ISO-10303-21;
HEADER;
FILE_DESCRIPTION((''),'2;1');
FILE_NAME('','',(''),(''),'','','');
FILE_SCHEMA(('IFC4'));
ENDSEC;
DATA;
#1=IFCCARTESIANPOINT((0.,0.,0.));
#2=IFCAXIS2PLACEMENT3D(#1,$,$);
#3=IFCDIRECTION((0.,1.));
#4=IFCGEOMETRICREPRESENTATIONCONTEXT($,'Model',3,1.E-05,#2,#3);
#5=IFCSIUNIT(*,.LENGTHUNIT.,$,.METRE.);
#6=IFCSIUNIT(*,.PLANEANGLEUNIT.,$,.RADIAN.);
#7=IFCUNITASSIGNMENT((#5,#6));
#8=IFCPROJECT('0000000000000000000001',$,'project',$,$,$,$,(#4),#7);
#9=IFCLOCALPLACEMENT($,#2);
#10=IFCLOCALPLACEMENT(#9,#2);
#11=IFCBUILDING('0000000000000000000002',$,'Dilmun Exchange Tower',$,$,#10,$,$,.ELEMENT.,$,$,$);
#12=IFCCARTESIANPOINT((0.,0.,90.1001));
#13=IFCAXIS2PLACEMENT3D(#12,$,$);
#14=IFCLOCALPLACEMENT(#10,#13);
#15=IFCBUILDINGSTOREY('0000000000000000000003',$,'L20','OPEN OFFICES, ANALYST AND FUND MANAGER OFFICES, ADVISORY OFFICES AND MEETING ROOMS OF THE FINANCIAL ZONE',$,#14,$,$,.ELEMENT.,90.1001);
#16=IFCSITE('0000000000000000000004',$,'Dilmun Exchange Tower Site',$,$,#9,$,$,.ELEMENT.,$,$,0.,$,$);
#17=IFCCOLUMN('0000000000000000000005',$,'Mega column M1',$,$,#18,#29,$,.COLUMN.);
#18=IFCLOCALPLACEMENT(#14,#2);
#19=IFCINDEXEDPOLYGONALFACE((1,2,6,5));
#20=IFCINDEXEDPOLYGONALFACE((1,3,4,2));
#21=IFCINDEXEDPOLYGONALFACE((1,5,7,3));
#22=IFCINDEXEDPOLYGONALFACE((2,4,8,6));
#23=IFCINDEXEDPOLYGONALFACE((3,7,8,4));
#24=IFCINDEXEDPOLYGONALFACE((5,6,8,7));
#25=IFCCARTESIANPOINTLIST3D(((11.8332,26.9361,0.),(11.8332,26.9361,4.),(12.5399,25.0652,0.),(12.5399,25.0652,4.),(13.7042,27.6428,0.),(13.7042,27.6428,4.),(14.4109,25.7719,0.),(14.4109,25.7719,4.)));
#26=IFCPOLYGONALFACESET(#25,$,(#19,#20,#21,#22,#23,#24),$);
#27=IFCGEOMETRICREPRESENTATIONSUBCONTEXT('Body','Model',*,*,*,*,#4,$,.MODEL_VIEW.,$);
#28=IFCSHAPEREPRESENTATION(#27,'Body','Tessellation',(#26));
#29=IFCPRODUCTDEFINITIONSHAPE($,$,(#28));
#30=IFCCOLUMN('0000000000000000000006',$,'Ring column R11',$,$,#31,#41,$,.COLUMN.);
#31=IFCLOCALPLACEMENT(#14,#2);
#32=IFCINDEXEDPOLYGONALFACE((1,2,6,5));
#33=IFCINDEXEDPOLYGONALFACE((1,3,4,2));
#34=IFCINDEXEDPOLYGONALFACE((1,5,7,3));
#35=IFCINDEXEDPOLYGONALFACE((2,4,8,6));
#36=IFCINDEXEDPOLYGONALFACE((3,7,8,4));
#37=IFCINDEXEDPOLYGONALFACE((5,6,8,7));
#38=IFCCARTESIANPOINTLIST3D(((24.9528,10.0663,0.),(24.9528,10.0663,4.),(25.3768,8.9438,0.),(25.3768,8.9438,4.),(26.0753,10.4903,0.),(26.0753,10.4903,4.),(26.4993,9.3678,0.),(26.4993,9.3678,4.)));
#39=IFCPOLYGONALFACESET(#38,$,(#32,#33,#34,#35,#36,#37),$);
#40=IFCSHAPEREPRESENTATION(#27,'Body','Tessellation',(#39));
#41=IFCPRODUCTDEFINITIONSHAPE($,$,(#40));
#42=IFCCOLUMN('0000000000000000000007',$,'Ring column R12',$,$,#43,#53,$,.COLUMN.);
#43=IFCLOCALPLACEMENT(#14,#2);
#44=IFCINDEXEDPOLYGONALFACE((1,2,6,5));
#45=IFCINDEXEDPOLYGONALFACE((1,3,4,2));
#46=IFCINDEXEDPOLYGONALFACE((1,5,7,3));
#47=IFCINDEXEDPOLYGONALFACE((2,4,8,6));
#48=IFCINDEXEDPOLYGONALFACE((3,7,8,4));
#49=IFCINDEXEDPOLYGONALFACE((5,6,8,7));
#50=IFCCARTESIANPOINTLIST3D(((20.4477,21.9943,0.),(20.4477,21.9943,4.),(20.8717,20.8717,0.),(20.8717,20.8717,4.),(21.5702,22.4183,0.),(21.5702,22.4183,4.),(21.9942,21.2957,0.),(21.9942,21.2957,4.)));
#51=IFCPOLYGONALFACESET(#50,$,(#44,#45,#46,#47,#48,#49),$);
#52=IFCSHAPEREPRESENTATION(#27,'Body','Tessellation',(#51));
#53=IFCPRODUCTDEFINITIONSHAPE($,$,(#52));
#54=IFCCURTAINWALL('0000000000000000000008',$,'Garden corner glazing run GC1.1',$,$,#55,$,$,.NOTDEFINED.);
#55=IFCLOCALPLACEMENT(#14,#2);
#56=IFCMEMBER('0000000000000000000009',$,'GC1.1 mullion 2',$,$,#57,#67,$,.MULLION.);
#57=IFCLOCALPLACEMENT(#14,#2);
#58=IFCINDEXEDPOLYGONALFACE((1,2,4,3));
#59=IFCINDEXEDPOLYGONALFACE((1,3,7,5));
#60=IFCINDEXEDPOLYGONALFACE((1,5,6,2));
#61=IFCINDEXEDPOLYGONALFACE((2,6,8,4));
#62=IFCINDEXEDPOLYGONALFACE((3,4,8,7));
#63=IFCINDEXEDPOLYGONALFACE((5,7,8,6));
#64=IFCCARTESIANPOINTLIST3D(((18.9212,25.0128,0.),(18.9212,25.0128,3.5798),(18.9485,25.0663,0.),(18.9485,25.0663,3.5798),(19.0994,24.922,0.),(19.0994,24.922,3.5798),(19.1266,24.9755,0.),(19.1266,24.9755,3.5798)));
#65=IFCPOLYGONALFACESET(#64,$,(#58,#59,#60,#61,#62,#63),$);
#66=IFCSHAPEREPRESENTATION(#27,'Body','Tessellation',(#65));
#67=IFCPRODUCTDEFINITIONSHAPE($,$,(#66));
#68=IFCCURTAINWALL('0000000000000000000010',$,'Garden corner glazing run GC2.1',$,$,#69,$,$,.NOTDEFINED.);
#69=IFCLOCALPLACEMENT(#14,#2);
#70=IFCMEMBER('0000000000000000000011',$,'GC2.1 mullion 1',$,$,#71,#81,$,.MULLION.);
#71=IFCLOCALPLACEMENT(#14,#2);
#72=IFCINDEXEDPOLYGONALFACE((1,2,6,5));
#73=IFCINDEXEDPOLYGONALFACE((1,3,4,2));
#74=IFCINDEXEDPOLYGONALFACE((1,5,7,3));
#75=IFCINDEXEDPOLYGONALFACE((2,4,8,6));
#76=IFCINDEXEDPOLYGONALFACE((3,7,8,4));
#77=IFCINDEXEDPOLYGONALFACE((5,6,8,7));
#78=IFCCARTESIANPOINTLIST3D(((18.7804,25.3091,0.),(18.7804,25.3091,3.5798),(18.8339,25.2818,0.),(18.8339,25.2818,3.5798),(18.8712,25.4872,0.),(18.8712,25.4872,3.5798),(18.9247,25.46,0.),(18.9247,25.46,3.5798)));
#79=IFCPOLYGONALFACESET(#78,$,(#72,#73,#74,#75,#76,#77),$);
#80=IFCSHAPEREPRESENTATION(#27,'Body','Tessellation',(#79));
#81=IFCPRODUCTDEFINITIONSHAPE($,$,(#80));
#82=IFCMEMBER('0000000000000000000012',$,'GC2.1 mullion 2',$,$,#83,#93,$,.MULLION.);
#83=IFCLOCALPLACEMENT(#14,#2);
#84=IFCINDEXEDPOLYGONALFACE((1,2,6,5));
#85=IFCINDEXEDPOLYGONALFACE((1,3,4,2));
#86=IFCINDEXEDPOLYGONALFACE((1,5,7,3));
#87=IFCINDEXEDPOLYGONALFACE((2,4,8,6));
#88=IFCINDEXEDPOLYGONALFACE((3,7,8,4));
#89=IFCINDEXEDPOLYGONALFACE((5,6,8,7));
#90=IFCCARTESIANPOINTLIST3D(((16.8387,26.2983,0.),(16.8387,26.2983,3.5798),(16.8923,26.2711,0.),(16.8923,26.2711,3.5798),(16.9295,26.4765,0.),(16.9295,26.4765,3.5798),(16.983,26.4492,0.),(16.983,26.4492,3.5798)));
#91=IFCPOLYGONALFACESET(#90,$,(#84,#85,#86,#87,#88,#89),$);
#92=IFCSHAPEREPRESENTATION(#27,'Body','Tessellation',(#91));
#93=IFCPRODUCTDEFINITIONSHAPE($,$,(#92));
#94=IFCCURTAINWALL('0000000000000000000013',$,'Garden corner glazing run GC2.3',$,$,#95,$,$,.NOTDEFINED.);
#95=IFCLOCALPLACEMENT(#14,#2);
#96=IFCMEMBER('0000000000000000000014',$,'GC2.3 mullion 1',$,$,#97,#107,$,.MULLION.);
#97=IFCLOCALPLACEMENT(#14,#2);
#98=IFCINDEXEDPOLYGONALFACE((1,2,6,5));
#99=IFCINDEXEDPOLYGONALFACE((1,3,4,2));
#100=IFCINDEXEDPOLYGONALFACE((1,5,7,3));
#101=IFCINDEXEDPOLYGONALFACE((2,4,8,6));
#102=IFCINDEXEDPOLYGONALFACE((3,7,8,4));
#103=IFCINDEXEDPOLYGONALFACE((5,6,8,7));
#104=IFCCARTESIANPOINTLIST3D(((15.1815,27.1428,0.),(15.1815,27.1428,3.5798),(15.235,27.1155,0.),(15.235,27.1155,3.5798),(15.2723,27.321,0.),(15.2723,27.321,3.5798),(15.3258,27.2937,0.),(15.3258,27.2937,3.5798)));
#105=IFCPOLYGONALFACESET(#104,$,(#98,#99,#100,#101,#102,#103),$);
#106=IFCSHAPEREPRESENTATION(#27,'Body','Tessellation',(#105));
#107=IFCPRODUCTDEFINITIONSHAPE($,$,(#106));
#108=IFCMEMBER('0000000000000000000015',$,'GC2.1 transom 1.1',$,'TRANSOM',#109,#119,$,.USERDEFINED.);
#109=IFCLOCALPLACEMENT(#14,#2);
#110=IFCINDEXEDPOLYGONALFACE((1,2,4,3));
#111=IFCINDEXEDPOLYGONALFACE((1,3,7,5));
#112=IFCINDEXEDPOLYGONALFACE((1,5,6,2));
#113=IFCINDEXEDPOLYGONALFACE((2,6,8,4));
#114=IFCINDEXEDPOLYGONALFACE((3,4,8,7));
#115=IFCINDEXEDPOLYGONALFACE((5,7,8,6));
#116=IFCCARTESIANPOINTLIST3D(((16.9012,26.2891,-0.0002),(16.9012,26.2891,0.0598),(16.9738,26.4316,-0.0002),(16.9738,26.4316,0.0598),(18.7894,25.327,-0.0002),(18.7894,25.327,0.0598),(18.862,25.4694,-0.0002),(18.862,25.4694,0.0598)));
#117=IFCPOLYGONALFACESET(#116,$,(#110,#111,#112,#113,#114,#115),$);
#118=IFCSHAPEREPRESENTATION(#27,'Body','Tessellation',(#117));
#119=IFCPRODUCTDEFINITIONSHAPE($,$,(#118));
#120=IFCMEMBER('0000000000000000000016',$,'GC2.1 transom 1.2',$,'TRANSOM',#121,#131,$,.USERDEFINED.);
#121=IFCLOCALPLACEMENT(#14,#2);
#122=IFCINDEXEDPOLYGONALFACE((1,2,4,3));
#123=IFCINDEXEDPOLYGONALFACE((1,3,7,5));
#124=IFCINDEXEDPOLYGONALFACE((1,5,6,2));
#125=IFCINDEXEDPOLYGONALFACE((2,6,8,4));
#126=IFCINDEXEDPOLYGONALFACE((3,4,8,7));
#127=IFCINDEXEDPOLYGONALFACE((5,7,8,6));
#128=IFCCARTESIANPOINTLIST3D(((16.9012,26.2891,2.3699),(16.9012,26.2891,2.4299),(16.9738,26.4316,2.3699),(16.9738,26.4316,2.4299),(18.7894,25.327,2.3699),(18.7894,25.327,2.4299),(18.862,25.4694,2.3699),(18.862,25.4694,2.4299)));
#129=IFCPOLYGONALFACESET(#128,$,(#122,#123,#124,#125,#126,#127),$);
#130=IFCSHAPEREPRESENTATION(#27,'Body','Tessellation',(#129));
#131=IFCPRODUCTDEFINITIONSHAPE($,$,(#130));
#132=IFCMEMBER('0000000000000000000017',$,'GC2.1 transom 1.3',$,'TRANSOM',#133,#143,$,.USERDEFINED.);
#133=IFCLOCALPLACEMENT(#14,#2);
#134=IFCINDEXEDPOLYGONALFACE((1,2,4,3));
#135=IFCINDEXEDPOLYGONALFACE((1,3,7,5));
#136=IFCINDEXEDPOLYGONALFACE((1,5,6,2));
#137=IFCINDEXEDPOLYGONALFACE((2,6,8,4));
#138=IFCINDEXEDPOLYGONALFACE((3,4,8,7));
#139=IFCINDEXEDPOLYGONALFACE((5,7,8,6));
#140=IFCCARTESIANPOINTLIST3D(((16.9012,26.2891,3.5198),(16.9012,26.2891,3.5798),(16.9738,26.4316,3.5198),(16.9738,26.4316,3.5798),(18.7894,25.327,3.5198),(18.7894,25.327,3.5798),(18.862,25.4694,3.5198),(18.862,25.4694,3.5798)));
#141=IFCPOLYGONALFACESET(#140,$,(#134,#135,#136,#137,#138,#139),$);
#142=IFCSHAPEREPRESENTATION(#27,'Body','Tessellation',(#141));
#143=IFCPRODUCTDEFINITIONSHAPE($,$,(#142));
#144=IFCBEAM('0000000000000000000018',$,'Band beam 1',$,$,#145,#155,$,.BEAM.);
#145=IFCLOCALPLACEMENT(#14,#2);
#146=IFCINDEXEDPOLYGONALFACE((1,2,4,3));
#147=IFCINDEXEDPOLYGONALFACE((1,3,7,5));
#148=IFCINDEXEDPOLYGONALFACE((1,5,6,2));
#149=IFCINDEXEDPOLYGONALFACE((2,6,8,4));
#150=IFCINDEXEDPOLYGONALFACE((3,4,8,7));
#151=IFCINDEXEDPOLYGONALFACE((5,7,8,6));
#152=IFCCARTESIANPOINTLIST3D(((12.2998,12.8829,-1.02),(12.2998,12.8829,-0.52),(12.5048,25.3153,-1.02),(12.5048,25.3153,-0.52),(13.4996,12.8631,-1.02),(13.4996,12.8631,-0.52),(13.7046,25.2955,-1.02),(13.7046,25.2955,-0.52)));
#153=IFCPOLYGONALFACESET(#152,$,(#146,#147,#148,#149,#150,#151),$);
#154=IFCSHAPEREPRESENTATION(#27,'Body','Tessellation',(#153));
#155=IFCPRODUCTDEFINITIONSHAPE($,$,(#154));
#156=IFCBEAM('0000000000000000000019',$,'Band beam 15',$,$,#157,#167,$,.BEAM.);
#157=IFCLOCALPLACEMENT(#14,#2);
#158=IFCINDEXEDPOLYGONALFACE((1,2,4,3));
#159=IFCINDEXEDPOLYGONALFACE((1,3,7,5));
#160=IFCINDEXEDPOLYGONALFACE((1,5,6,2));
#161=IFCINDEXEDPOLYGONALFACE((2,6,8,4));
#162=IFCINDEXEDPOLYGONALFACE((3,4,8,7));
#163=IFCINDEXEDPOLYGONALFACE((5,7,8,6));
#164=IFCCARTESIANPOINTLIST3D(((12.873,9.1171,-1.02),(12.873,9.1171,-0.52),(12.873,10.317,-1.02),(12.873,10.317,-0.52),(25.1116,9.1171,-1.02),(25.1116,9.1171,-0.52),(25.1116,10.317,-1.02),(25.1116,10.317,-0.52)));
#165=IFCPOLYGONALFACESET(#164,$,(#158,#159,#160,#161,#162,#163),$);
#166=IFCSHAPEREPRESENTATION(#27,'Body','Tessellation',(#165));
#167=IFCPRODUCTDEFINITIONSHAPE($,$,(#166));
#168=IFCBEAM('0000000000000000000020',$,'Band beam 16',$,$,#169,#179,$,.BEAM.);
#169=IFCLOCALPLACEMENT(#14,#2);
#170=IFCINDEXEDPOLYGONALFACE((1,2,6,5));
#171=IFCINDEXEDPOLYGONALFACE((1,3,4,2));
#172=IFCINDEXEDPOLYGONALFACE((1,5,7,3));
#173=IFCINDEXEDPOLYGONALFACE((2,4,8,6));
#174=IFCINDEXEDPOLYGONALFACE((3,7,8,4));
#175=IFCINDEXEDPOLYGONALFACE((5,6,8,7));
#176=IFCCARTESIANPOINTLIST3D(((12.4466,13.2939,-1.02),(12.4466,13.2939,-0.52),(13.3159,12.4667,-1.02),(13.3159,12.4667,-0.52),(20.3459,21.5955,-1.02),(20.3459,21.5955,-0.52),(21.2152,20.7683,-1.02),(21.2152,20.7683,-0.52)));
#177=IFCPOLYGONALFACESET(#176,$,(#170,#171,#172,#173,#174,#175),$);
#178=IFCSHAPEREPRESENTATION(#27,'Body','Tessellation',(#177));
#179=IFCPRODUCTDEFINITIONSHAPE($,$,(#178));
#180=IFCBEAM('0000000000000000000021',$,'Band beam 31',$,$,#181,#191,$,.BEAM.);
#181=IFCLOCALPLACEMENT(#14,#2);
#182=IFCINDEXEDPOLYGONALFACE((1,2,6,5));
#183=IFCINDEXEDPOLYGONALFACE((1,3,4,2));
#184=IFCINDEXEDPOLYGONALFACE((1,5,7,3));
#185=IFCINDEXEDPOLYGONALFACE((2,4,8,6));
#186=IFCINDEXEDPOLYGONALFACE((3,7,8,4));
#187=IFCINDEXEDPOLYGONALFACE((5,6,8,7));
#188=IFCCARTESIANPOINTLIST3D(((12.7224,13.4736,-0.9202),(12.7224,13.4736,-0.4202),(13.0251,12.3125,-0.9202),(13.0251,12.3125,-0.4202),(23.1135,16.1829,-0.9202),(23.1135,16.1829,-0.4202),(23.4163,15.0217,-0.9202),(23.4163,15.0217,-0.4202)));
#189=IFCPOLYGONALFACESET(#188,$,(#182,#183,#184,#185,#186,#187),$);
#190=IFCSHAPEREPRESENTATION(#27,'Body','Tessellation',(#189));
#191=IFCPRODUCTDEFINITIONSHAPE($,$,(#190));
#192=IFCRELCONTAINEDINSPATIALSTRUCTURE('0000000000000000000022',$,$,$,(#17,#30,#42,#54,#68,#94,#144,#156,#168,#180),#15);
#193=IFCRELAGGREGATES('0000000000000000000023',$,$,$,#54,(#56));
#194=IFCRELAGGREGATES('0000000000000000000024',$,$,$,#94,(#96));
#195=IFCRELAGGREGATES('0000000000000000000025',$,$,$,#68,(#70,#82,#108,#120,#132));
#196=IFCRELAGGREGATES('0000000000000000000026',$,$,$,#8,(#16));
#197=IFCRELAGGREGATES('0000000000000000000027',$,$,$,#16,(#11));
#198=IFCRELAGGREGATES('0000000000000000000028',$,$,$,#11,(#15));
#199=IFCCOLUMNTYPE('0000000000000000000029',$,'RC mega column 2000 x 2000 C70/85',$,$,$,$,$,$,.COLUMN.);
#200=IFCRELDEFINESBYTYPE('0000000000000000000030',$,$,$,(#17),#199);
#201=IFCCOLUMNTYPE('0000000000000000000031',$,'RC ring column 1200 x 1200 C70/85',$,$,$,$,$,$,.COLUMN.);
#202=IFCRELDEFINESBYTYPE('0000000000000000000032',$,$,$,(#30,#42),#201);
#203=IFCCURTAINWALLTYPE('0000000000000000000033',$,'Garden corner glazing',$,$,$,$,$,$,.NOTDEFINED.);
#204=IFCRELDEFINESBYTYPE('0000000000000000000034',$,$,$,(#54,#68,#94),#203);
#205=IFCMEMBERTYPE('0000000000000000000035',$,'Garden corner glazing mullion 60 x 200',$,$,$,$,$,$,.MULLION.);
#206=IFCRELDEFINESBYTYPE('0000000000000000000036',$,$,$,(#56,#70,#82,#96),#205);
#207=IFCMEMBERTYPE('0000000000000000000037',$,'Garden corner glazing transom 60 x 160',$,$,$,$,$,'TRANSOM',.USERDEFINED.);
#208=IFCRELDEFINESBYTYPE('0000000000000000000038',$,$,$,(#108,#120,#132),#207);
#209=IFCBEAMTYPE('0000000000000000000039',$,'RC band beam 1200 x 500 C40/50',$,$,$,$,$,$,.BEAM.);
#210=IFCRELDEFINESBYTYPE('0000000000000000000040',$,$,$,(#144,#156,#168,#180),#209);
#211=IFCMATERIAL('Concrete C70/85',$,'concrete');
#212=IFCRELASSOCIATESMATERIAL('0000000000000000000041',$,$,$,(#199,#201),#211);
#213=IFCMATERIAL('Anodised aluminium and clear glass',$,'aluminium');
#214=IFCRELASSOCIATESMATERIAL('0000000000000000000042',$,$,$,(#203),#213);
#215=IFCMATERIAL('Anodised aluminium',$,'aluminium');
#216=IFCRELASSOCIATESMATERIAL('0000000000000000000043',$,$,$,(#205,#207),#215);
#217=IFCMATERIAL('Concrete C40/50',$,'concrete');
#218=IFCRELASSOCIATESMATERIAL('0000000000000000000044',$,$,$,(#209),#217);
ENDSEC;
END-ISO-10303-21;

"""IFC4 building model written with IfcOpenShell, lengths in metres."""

from ifc_helpers import new_model, si_unit, direction, frame, origin, origin_2d, place, context, subcontext, project, spatial, rectangle, extrude, material, material_profile, profile_set, type_object, element, aggregate, save


model = new_model("IFC4")

# Units and contexts
model_context = context("Model", 3, precision=1e-05, world=origin(), true_north=direction((0.0, 1.0)))
body_context = subcontext(model_context, "Body", "Model", "MODEL_VIEW")
ifc_project = project(units=[si_unit("LENGTHUNIT", "METRE"), si_unit("PLANEANGLEUNIT", "RADIAN")], contexts=[model_context])

# Site, building, storey
site_placement = place(None, origin())
site = spatial("IfcSite", under=ifc_project, at=site_placement, Name="Dilmun Exchange Tower Site", CompositionType="ELEMENT", RefElevation=0.0)
building_placement = place(site_placement, origin())
building = spatial("IfcBuilding", under=site, at=building_placement, Name="Dilmun Exchange Tower", CompositionType="ELEMENT")
storey_placement = place(building_placement, frame((0.0, 0.0, 90.1001)))
storey = spatial("IfcBuildingStorey", under=building, at=storey_placement, Name="L20", Description="OPEN OFFICES, ANALYST AND FUND MANAGER OFFICES, ADVISORY OFFICES AND MEETING ROOMS OF THE FINANCIAL ZONE", CompositionType="ELEMENT", Elevation=90.1001)

# Columns
ifc_material_1 = material(Name="Concrete C70/85", Category="concrete")
ifc_material_profile_1 = material_profile(ifc_material_1, rectangle(XDim=2.0, YDim=2.0, at=origin_2d()), Name="2000 x 2000")
ifc_profile_set_1 = profile_set([ifc_material_profile_1], Name="Concrete C70/85")
column_type_1 = type_object("IfcColumnType", Name="RC mega column 2000 x 2000 C70/85", PredefinedType="COLUMN", material=ifc_profile_set_1)
column_placement = place(storey_placement, frame((13.1221, 26.354, 0.0), z_axis=(0.0, 0.0, 1.0), x_axis=(0.935492, 0.353349, 0.0)))
element("IfcColumn", 1, at=column_placement, inside=storey, type_object=column_type_1, Name="Mega column M1", PredefinedType="COLUMN", context=body_context, shape_type="SweptSolid", body=[
    extrude(rectangle(XDim=2.0, YDim=2.0, at=origin_2d()), origin(), (0.0, 0.0, 1.0), 4.0),
])
ifc_material_profile_2 = material_profile(ifc_material_1, rectangle(XDim=1.2, YDim=1.2, at=origin_2d()), Name="1200 x 1200")
ifc_profile_set_2 = profile_set([ifc_material_profile_2], Name="Concrete C70/85")
column_type_2 = type_object("IfcColumnType", Name="RC ring column 1200 x 1200 C70/85", PredefinedType="COLUMN", material=ifc_profile_set_2)
for number, where, z_axis, x_axis, name in (
    (2, (25.7261, 9.717, 0.0), (0.0, 0.0, 1.0), (0.935492, 0.353349, 0.0), "Ring column R11"),
    (3, (21.2209, 21.645, 0.0), (0.0, 0.0, 1.0), (0.935492, 0.353349, 0.0), "Ring column R12"),
):
    element("IfcColumn", number, at=place(storey_placement, frame(where, z_axis=z_axis, x_axis=x_axis)), inside=storey, type_object=column_type_2, Name=name, PredefinedType="COLUMN", context=body_context, shape_type="SweptSolid", body=[
        extrude(rectangle(XDim=1.2, YDim=1.2, at=origin_2d()), origin(), (0.0, 0.0, 1.0), 4.0),
    ])

# Curtain wall, member
ifc_material_2 = material(Name="Anodised aluminium and clear glass", Category="aluminium")
curtain_wall_type = type_object("IfcCurtainWallType", Name="Garden corner glazing", PredefinedType="NOTDEFINED", material=ifc_material_2)
curtain_wall_1_placement = place(storey_placement, origin())
curtain_wall_1 = element("IfcCurtainWall", 4, at=curtain_wall_1_placement, inside=storey, type_object=curtain_wall_type, Name="Garden corner glazing run GC1.1", PredefinedType="NOTDEFINED")
ifc_material_3 = material(Name="Anodised aluminium", Category="aluminium")
ifc_material_profile_3 = material_profile(ifc_material_3, rectangle(XDim=0.2, YDim=0.0601, at=origin_2d()), Name="AL 60x200")
ifc_profile_set_3 = profile_set([ifc_material_profile_3], Name="Anodised aluminium")
member_type_1 = type_object("IfcMemberType", Name="Garden corner glazing mullion 60 x 200", PredefinedType="MULLION", material=ifc_profile_set_3)
member_1_placement = place(storey_placement, frame((19.0239, 24.9941, 0.0), z_axis=(0.0, 0.0, 1.0), x_axis=(0.891007, -0.453989, 0.0)))
member_1 = element("IfcMember", 5, at=member_1_placement, type_object=member_type_1, Name="GC1.1 mullion 2", PredefinedType="MULLION", context=body_context, shape_type="SweptSolid", body=[
    extrude(rectangle(XDim=0.2, YDim=0.0601, at=origin_2d()), origin(), (0.0, 0.0, 1.0), 3.5798),
])
aggregate(curtain_wall_1, [member_1])

# Curtain wall, members
curtain_wall_2_placement = place(storey_placement, origin())
curtain_wall_2 = element("IfcCurtainWall", 6, at=curtain_wall_2_placement, inside=storey, type_object=curtain_wall_type, Name="Garden corner glazing run GC2.1", PredefinedType="NOTDEFINED")
member_2_placement = place(storey_placement, frame((18.8525, 25.3845, 0.0), z_axis=(0.0, 0.0, 1.0), x_axis=(-0.453971, -0.891016, 0.0)))
member_2 = element("IfcMember", 7, at=member_2_placement, type_object=member_type_1, Name="GC2.1 mullion 1", PredefinedType="MULLION", context=body_context, shape_type="SweptSolid", body=[
    extrude(rectangle(XDim=0.2, YDim=0.0601, at=origin_2d()), origin(), (0.0, 0.0, 1.0), 3.5798),
])
member_3_placement = place(storey_placement, frame((16.9109, 26.3738, 0.0), z_axis=(0.0, 0.0, 1.0), x_axis=(-0.453971, -0.891016, 0.0)))
member_3 = element("IfcMember", 8, at=member_3_placement, type_object=member_type_1, Name="GC2.1 mullion 2", PredefinedType="MULLION", context=body_context, shape_type="SweptSolid", body=[
    extrude(rectangle(XDim=0.2, YDim=0.0601, at=origin_2d()), origin(), (0.0, 0.0, 1.0), 3.5798),
])

# Curtain wall, member
curtain_wall_3_placement = place(storey_placement, origin())
curtain_wall_3 = element("IfcCurtainWall", 9, at=curtain_wall_3_placement, inside=storey, type_object=curtain_wall_type, Name="Garden corner glazing run GC2.3", PredefinedType="NOTDEFINED")
member_4_placement = place(storey_placement, frame((15.2537, 27.2183, 0.0), z_axis=(0.0, 0.0, 1.0), x_axis=(-0.453994, -0.891005, 0.0)))
member_4 = element("IfcMember", 10, at=member_4_placement, type_object=member_type_1, Name="GC2.3 mullion 1", PredefinedType="MULLION", context=body_context, shape_type="SweptSolid", body=[
    extrude(rectangle(XDim=0.2, YDim=0.0601, at=origin_2d()), origin(), (0.0, 0.0, 1.0), 3.5798),
])
aggregate(curtain_wall_3, [member_4])

# Members
ifc_material_profile_4 = material_profile(ifc_material_3, rectangle(XDim=0.1599, YDim=0.0601, at=origin_2d()), Name="AL 60x160")
ifc_profile_set_4 = profile_set([ifc_material_profile_4], Name="Anodised aluminium")
member_type_2 = type_object("IfcMemberType", Name="Garden corner glazing transom 60 x 160", ElementType="TRANSOM", PredefinedType="USERDEFINED", material=ifc_profile_set_4)
member_5_placement = place(storey_placement, frame((18.8257, 25.3982, 0.0298), z_axis=(-0.890991, 0.454021, 0.0), x_axis=(-0.454021, -0.890991, 0.0)))
member_5 = element("IfcMember", 11, at=member_5_placement, type_object=member_type_2, Name="GC2.1 transom 1.1", ObjectType="TRANSOM", PredefinedType="USERDEFINED", context=body_context, shape_type="SweptSolid", body=[
    extrude(rectangle(XDim=0.1599, YDim=0.0601, at=origin_2d()), origin(), (0.0, 0.0, 1.0), 2.1191),
])
member_6_placement = place(storey_placement, frame((18.8257, 25.3982, 2.3999), z_axis=(-0.890991, 0.454021, 0.0), x_axis=(-0.454021, -0.890991, 0.0)))
member_6 = element("IfcMember", 12, at=member_6_placement, type_object=member_type_2, Name="GC2.1 transom 1.2", ObjectType="TRANSOM", PredefinedType="USERDEFINED", context=body_context, shape_type="SweptSolid", body=[
    extrude(rectangle(XDim=0.1599, YDim=0.0601, at=origin_2d()), origin(), (0.0, 0.0, 1.0), 2.1191),
])
member_7_placement = place(storey_placement, frame((18.8257, 25.3982, 3.5498), z_axis=(-0.890991, 0.454021, 0.0), x_axis=(-0.454021, -0.890991, 0.0)))
member_7 = element("IfcMember", 13, at=member_7_placement, type_object=member_type_2, Name="GC2.1 transom 1.3", ObjectType="TRANSOM", PredefinedType="USERDEFINED", context=body_context, shape_type="SweptSolid", body=[
    extrude(rectangle(XDim=0.1599, YDim=0.0601, at=origin_2d()), origin(), (0.0, 0.0, 1.0), 2.1191),
])

# Beams
ifc_material_4 = material(Name="Concrete C40/50", Category="concrete")
ifc_material_profile_5 = material_profile(ifc_material_4, rectangle(XDim=1.2, YDim=0.5, at=origin_2d()), Name="1200 x 500")
ifc_profile_set_5 = profile_set([ifc_material_profile_5], Name="Concrete C40/50")
beam_type_1 = type_object("IfcBeamType", Name="RC band beam 1200 x 500 C40/50", PredefinedType="BEAM", material=ifc_profile_set_5)
beam_1_placement = place(storey_placement, frame((13.1047, 25.3054, -0.77), z_axis=(-0.016493, -0.999864, 0.0), x_axis=(0.999864, -0.016493, 0.0)))
element("IfcBeam", 14, at=beam_1_placement, inside=storey, type_object=beam_type_1, Name="Band beam 1", PredefinedType="BEAM", context=body_context, shape_type="SweptSolid", body=[
    extrude(rectangle(XDim=1.2, YDim=0.5, at=origin_2d()), origin(), (0.0, 0.0, 1.0), 12.4341),
])
beam_2_placement = place(storey_placement, frame((25.1116, 9.717, -0.77), z_axis=(-1.0, 0.0, 0.0), x_axis=(0.0, -1.0, 0.0)))
element("IfcBeam", 15, at=beam_2_placement, inside=storey, type_object=beam_type_1, Name="Band beam 15", PredefinedType="BEAM", context=body_context, shape_type="SweptSolid", body=[
    extrude(rectangle(XDim=1.2, YDim=0.5, at=origin_2d()), origin(), (0.0, 0.0, 1.0), 12.2385),
])
beam_3_placement = place(storey_placement, frame((20.7805, 21.1819, -0.77), z_axis=(-0.689333, -0.724444, 0.0), x_axis=(0.724444, -0.689333, 0.0)))
element("IfcBeam", 16, at=beam_3_placement, inside=storey, type_object=beam_type_1, Name="Band beam 16", PredefinedType="BEAM", context=body_context, shape_type="SweptSolid", body=[
    extrude(rectangle(XDim=1.2, YDim=0.5, at=origin_2d()), origin(), (0.0, 0.0, 1.0), 11.4592),
])
beam_4_placement = place(storey_placement, frame((23.2649, 15.6023, -0.6702), z_axis=(-0.967651, -0.252291, 0.0), x_axis=(0.252291, -0.967651, 0.0)))
element("IfcBeam", 17, at=beam_4_placement, inside=storey, type_object=beam_type_1, Name="Band beam 31", PredefinedType="BEAM", context=body_context, shape_type="SweptSolid", body=[
    extrude(rectangle(XDim=1.2, YDim=0.5, at=origin_2d()), origin(), (0.0, 0.0, 1.0), 10.7385),
])

aggregate(curtain_wall_2, [member_2, member_3, member_5, member_6, member_7])

save(model, "model.ifc")
